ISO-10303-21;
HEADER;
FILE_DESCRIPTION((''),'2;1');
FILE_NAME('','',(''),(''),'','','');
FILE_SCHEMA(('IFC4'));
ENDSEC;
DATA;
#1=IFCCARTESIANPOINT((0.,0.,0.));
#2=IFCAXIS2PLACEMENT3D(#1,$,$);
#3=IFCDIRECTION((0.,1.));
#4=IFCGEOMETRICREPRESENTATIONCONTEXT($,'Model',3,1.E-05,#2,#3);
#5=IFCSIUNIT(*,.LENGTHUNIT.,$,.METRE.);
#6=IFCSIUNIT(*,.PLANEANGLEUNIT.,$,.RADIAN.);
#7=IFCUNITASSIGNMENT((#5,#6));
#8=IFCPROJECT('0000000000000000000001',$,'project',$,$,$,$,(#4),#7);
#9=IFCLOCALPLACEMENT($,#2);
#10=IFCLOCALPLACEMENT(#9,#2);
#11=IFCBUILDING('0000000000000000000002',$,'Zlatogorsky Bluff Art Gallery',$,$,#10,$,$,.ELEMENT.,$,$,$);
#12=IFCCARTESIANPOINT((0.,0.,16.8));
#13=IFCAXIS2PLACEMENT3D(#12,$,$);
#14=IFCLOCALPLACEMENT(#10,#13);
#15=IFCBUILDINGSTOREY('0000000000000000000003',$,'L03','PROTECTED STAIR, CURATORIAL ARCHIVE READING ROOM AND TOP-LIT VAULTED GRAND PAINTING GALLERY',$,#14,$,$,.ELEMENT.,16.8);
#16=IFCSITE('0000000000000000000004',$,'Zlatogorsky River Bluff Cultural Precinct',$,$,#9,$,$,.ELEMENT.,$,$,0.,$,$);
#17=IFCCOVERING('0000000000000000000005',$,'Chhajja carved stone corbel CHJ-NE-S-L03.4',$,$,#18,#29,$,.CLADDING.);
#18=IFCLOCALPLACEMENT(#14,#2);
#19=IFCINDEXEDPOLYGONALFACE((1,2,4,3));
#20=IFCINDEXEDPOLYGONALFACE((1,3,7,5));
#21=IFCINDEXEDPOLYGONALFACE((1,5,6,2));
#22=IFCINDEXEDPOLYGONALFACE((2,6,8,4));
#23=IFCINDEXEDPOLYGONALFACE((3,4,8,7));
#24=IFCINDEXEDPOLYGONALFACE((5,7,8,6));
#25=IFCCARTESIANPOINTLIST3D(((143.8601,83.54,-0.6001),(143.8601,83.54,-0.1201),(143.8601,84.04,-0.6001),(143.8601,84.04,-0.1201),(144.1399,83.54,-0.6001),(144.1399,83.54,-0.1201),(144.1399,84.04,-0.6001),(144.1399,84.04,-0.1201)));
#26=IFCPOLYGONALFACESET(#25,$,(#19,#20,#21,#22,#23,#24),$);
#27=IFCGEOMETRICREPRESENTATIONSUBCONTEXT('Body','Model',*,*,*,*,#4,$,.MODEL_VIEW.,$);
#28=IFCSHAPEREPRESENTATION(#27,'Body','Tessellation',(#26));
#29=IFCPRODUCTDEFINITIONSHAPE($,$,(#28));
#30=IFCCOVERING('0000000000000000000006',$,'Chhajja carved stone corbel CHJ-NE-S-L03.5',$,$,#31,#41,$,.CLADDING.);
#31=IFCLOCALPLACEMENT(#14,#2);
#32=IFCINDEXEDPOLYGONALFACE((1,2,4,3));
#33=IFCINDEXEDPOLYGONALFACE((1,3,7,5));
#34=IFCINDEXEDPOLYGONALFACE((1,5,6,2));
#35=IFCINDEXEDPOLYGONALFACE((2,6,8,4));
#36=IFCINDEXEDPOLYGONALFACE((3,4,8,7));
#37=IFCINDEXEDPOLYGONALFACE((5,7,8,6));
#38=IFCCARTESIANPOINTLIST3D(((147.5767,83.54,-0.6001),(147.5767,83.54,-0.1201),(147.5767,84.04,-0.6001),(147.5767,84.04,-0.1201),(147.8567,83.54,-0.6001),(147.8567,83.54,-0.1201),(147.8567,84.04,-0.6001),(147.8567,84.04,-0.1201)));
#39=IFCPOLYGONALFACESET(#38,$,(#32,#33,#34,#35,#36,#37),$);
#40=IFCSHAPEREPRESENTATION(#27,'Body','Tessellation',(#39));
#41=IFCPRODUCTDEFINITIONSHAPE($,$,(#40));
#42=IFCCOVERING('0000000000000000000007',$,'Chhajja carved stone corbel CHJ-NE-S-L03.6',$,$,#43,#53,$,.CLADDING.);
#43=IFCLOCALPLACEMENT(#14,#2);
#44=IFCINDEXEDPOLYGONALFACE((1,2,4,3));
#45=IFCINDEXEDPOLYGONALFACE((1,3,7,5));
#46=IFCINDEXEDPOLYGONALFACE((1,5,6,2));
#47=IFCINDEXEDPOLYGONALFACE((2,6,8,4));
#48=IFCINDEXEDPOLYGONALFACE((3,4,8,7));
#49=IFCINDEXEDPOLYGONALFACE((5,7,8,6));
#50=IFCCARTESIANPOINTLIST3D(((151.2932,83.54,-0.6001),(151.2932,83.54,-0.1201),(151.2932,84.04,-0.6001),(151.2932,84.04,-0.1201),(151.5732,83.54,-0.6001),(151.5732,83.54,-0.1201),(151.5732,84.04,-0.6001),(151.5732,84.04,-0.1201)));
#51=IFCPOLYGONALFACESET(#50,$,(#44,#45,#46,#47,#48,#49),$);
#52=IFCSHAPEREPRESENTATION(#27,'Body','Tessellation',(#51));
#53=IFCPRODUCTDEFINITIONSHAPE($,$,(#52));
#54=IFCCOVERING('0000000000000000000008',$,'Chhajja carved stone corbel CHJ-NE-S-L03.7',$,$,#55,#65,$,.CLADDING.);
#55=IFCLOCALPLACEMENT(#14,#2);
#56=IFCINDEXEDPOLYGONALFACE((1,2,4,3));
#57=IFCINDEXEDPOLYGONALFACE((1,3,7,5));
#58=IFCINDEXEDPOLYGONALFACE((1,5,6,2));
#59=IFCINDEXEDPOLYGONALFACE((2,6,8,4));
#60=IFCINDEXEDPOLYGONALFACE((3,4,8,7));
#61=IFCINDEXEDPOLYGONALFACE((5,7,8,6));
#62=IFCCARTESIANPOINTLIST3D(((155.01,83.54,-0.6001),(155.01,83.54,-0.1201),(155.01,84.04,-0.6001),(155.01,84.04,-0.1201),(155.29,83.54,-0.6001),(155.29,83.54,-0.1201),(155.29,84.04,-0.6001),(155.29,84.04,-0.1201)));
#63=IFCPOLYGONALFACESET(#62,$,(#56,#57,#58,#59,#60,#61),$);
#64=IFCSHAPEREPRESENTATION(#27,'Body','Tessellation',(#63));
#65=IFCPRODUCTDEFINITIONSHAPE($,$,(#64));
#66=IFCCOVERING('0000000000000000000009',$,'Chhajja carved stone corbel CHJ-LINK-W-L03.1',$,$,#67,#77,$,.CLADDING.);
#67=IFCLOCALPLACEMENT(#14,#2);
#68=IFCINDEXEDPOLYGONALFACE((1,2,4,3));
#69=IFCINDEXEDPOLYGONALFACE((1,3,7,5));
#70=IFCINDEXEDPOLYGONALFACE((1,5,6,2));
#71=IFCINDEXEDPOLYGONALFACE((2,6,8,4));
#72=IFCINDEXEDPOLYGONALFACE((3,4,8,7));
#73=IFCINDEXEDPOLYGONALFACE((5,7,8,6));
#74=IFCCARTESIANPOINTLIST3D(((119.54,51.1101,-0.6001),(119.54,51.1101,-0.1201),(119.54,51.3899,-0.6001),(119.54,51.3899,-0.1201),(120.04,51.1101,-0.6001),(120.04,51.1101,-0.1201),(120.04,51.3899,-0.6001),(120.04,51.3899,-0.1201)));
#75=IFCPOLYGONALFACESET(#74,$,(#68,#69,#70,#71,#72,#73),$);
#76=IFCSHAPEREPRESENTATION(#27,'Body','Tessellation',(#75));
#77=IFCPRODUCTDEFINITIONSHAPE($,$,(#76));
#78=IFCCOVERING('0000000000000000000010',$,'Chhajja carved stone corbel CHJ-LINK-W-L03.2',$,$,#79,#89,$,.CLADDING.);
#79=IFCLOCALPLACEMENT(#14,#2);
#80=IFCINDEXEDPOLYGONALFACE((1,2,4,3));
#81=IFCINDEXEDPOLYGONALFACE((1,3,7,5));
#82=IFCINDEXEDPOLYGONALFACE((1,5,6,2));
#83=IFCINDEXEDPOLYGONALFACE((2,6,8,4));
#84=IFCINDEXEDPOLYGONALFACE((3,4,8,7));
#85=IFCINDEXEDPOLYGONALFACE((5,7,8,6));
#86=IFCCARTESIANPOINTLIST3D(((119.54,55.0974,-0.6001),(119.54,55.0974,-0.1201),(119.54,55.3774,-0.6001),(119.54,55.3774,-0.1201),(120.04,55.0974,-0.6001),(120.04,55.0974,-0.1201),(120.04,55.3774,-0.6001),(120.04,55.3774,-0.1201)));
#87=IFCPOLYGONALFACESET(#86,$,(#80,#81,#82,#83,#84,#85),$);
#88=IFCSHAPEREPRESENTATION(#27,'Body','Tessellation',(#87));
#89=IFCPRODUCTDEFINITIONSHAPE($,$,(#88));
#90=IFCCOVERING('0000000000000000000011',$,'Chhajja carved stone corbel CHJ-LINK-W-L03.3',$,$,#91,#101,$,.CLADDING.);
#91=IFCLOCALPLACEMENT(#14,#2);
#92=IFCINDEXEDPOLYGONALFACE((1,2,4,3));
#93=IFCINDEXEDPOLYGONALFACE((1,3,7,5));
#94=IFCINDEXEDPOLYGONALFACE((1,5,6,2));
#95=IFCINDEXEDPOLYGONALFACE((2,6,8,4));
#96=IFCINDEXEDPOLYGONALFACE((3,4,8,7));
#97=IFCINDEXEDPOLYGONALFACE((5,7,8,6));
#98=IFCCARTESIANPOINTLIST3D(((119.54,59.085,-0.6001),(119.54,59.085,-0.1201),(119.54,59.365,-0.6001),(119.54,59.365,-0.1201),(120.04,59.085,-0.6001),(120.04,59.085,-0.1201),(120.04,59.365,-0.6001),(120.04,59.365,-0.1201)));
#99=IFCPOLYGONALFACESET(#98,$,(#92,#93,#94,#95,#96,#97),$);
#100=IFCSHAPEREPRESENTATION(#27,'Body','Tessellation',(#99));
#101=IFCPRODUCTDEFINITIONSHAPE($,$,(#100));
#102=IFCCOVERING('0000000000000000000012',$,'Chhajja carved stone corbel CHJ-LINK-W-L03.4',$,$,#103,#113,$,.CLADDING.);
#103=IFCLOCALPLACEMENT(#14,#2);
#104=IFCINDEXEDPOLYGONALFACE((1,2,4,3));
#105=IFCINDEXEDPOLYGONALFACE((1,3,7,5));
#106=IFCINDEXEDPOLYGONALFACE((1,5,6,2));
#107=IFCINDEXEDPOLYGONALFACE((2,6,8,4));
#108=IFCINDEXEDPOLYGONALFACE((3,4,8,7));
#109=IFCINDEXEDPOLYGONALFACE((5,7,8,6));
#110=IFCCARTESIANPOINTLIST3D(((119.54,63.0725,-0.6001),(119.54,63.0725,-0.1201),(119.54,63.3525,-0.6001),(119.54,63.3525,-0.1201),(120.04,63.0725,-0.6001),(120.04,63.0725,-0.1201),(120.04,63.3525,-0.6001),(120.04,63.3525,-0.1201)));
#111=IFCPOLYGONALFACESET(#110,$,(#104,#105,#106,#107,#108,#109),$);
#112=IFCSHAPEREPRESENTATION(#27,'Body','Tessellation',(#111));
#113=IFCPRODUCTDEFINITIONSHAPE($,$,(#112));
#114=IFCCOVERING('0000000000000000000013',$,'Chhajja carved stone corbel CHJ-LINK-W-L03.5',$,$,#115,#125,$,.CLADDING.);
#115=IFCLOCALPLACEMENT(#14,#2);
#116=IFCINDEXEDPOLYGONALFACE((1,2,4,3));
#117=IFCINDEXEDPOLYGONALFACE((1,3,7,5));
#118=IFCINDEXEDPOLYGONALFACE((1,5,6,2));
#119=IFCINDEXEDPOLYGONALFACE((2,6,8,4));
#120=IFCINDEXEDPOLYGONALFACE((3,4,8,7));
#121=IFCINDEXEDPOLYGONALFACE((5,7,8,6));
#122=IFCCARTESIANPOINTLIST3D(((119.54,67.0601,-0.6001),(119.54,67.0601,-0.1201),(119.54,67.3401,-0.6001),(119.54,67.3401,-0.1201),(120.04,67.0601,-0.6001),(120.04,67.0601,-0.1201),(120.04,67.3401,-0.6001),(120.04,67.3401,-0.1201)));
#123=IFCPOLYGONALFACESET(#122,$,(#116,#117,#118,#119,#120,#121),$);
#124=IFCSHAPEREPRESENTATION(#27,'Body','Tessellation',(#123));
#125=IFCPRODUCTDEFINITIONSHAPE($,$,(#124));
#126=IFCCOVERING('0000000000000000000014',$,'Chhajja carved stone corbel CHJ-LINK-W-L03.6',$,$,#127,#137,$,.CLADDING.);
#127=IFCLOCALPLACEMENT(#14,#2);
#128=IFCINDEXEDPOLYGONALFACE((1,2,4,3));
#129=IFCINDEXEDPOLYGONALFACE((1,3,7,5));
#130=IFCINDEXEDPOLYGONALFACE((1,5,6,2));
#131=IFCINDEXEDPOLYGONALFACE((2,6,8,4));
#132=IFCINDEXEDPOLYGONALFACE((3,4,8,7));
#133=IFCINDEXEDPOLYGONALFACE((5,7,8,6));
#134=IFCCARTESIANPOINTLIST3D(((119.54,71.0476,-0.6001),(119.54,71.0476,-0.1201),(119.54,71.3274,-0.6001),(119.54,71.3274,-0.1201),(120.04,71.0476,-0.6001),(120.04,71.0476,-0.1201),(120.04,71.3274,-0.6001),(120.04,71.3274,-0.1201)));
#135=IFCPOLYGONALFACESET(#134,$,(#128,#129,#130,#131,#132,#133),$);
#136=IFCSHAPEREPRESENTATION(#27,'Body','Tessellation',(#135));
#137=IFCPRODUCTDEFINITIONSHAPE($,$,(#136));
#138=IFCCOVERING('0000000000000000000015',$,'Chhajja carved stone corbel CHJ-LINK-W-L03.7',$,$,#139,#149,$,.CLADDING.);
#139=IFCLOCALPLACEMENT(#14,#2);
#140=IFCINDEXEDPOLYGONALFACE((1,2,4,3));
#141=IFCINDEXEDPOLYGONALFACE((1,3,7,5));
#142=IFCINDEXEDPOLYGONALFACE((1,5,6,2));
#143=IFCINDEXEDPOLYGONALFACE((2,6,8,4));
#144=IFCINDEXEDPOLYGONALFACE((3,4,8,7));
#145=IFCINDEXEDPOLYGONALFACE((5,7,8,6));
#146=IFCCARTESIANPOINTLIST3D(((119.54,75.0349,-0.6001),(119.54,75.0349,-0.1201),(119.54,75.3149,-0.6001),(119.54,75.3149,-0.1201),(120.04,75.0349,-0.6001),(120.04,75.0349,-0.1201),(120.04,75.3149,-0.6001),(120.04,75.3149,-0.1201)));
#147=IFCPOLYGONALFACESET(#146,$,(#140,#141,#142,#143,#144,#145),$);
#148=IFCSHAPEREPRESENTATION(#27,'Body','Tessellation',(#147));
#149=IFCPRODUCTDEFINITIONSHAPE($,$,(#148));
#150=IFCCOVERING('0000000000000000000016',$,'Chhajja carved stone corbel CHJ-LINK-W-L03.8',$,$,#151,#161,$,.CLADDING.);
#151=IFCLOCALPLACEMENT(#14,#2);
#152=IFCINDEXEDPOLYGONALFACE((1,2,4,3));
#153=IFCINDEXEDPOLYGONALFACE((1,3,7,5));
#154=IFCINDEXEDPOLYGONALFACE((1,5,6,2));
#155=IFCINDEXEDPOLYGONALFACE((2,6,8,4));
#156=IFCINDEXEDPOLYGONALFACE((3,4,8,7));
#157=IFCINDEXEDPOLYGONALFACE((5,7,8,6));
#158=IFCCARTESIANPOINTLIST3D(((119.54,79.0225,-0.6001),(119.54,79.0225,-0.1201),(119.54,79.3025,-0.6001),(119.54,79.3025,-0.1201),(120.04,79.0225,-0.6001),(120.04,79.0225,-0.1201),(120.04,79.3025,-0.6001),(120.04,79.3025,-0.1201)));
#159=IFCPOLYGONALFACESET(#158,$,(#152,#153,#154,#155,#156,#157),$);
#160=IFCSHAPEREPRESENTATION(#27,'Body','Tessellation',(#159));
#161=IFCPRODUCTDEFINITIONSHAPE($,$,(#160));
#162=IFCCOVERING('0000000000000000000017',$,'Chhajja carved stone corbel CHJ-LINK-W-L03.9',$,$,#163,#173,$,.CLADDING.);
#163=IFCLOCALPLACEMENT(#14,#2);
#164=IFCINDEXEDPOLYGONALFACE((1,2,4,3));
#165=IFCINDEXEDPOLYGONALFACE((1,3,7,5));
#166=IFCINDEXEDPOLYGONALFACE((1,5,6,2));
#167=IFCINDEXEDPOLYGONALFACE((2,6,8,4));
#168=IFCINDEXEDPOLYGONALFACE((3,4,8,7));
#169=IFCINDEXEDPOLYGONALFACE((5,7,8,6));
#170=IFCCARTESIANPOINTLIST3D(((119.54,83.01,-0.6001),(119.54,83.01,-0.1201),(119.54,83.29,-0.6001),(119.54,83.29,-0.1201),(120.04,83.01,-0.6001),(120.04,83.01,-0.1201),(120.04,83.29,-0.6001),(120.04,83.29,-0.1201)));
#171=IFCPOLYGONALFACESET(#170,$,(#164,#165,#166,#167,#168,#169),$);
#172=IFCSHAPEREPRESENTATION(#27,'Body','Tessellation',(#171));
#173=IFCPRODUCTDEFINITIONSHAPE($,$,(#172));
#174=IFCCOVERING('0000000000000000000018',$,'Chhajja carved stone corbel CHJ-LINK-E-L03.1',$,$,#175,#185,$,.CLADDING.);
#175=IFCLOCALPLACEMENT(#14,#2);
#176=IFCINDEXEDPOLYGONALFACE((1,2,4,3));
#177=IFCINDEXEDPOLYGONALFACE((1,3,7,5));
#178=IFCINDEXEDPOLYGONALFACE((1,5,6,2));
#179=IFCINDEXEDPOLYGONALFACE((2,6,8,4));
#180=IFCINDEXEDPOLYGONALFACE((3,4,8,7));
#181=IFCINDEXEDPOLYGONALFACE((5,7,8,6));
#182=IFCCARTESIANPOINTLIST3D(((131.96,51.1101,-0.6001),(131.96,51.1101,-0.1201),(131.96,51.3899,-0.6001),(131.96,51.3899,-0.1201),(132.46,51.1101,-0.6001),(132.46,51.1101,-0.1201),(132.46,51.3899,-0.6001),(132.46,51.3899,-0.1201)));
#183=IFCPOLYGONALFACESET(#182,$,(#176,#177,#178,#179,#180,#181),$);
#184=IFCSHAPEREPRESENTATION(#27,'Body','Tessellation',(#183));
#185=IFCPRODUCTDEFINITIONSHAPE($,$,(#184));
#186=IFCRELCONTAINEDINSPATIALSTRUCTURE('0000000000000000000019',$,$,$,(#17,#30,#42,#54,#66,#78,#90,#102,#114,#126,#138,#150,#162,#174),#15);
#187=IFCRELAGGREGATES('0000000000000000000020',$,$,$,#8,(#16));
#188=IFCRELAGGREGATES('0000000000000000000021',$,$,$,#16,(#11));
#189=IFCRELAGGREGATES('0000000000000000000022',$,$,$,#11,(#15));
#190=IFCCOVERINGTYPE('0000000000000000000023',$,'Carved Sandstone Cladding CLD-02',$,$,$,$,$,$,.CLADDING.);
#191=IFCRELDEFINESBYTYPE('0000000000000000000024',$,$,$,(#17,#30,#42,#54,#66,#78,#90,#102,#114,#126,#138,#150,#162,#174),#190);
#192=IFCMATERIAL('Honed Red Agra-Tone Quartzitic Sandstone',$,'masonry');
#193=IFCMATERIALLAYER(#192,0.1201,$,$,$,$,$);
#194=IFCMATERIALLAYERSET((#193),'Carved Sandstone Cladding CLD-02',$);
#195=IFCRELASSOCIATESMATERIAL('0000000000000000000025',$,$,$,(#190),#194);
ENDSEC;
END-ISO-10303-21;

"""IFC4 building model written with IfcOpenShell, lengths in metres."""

from ifc_helpers import new_model, si_unit, direction, frame, origin, place, context, subcontext, project, spatial, polyline, outline, extrude, material, layer, layer_set, type_object, element, save


model = new_model("IFC4")

# Units and contexts
model_context = context("Model", 3, precision=1e-05, world=origin(), true_north=direction((0.0, 1.0)))
body_context = subcontext(model_context, "Body", "Model", "MODEL_VIEW")
ifc_project = project(units=[si_unit("LENGTHUNIT", "METRE"), si_unit("PLANEANGLEUNIT", "RADIAN")], contexts=[model_context])

# Site, building, storey
site_placement = place(None, origin())
site = spatial("IfcSite", under=ifc_project, at=site_placement, Name="Zlatogorsky River Bluff Cultural Precinct", CompositionType="ELEMENT", RefElevation=0.0)
building_placement = place(site_placement, origin())
building = spatial("IfcBuilding", under=site, at=building_placement, Name="Zlatogorsky Bluff Art Gallery", CompositionType="ELEMENT")
storey_placement = place(building_placement, frame((0.0, 0.0, 16.8)))
storey = spatial("IfcBuildingStorey", under=building, at=storey_placement, Name="L03", Description="PROTECTED STAIR, CURATORIAL ARCHIVE READING ROOM AND TOP-LIT VAULTED GRAND PAINTING GALLERY", CompositionType="ELEMENT", Elevation=16.8)

# Coverings
ifc_material = material(Name="Honed Red Agra-Tone Quartzitic Sandstone", Category="masonry")
ifc_layer = layer(ifc_material, 0.1201)
ifc_layer_set = layer_set([ifc_layer], Name="Carved Sandstone Cladding CLD-02")
covering_type = type_object("IfcCoveringType", Name="Carved Sandstone Cladding CLD-02", PredefinedType="CLADDING", material=ifc_layer_set)
covering_1_placement = place(storey_placement, frame((0.0, 0.0, -0.6001)))
element("IfcCovering", 1, at=covering_1_placement, inside=storey, type_object=covering_type, Name="Chhajja carved stone corbel CHJ-NE-S-L03.4", PredefinedType="CLADDING", context=body_context, shape_type="SweptSolid", body=[
    extrude(outline(polyline([(143.8601, 83.54), (144.1399, 83.54), (144.1399, 84.04), (143.8601, 84.04), (143.8601, 83.54)])), origin(), (0.0, 0.0, 1.0), 0.48),
])
covering_2_placement = place(storey_placement, frame((0.0, 0.0, -0.6001)))
element("IfcCovering", 2, at=covering_2_placement, inside=storey, type_object=covering_type, Name="Chhajja carved stone corbel CHJ-NE-S-L03.5", PredefinedType="CLADDING", context=body_context, shape_type="SweptSolid", body=[
    extrude(outline(polyline([(147.5767, 83.54), (147.8567, 83.54), (147.8567, 84.04), (147.5767, 84.04), (147.5767, 83.54)])), origin(), (0.0, 0.0, 1.0), 0.48),
])
covering_3_placement = place(storey_placement, frame((0.0, 0.0, -0.6001)))
element("IfcCovering", 3, at=covering_3_placement, inside=storey, type_object=covering_type, Name="Chhajja carved stone corbel CHJ-NE-S-L03.6", PredefinedType="CLADDING", context=body_context, shape_type="SweptSolid", body=[
    extrude(outline(polyline([(151.2932, 83.54), (151.5732, 83.54), (151.5732, 84.04), (151.2932, 84.04), (151.2932, 83.54)])), origin(), (0.0, 0.0, 1.0), 0.48),
])
covering_4_placement = place(storey_placement, frame((0.0, 0.0, -0.6001)))
element("IfcCovering", 4, at=covering_4_placement, inside=storey, type_object=covering_type, Name="Chhajja carved stone corbel CHJ-NE-S-L03.7", PredefinedType="CLADDING", context=body_context, shape_type="SweptSolid", body=[
    extrude(outline(polyline([(155.01, 83.54), (155.29, 83.54), (155.29, 84.04), (155.01, 84.04), (155.01, 83.54)])), origin(), (0.0, 0.0, 1.0), 0.48),
])
covering_5_placement = place(storey_placement, frame((0.0, 0.0, -0.6001)))
element("IfcCovering", 5, at=covering_5_placement, inside=storey, type_object=covering_type, Name="Chhajja carved stone corbel CHJ-LINK-W-L03.1", PredefinedType="CLADDING", context=body_context, shape_type="SweptSolid", body=[
    extrude(outline(polyline([(119.54, 51.1101), (119.54, 51.3899), (120.04, 51.3899), (120.04, 51.1101), (119.54, 51.1101)])), origin(), (0.0, 0.0, 1.0), 0.48),
])
covering_6_placement = place(storey_placement, frame((0.0, 0.0, -0.6001)))
element("IfcCovering", 6, at=covering_6_placement, inside=storey, type_object=covering_type, Name="Chhajja carved stone corbel CHJ-LINK-W-L03.2", PredefinedType="CLADDING", context=body_context, shape_type="SweptSolid", body=[
    extrude(outline(polyline([(119.54, 55.0974), (119.54, 55.3774), (120.04, 55.3774), (120.04, 55.0974), (119.54, 55.0974)])), origin(), (0.0, 0.0, 1.0), 0.48),
])
covering_7_placement = place(storey_placement, frame((0.0, 0.0, -0.6001)))
element("IfcCovering", 7, at=covering_7_placement, inside=storey, type_object=covering_type, Name="Chhajja carved stone corbel CHJ-LINK-W-L03.3", PredefinedType="CLADDING", context=body_context, shape_type="SweptSolid", body=[
    extrude(outline(polyline([(119.54, 59.085), (119.54, 59.365), (120.04, 59.365), (120.04, 59.085), (119.54, 59.085)])), origin(), (0.0, 0.0, 1.0), 0.48),
])
covering_8_placement = place(storey_placement, frame((0.0, 0.0, -0.6001)))
element("IfcCovering", 8, at=covering_8_placement, inside=storey, type_object=covering_type, Name="Chhajja carved stone corbel CHJ-LINK-W-L03.4", PredefinedType="CLADDING", context=body_context, shape_type="SweptSolid", body=[
    extrude(outline(polyline([(119.54, 63.0725), (119.54, 63.3525), (120.04, 63.3525), (120.04, 63.0725), (119.54, 63.0725)])), origin(), (0.0, 0.0, 1.0), 0.48),
])
covering_9_placement = place(storey_placement, frame((0.0, 0.0, -0.6001)))
element("IfcCovering", 9, at=covering_9_placement, inside=storey, type_object=covering_type, Name="Chhajja carved stone corbel CHJ-LINK-W-L03.5", PredefinedType="CLADDING", context=body_context, shape_type="SweptSolid", body=[
    extrude(outline(polyline([(119.54, 67.0601), (119.54, 67.3401), (120.04, 67.3401), (120.04, 67.0601), (119.54, 67.0601)])), origin(), (0.0, 0.0, 1.0), 0.48),
])
covering_10_placement = place(storey_placement, frame((0.0, 0.0, -0.6001)))
element("IfcCovering", 10, at=covering_10_placement, inside=storey, type_object=covering_type, Name="Chhajja carved stone corbel CHJ-LINK-W-L03.6", PredefinedType="CLADDING", context=body_context, shape_type="SweptSolid", body=[
    extrude(outline(polyline([(119.54, 71.0476), (119.54, 71.3274), (120.04, 71.3274), (120.04, 71.0476), (119.54, 71.0476)])), origin(), (0.0, 0.0, 1.0), 0.48),
])
covering_11_placement = place(storey_placement, frame((0.0, 0.0, -0.6001)))
element("IfcCovering", 11, at=covering_11_placement, inside=storey, type_object=covering_type, Name="Chhajja carved stone corbel CHJ-LINK-W-L03.7", PredefinedType="CLADDING", context=body_context, shape_type="SweptSolid", body=[
    extrude(outline(polyline([(119.54, 75.0349), (119.54, 75.3149), (120.04, 75.3149), (120.04, 75.0349), (119.54, 75.0349)])), origin(), (0.0, 0.0, 1.0), 0.48),
])
covering_12_placement = place(storey_placement, frame((0.0, 0.0, -0.6001)))
element("IfcCovering", 12, at=covering_12_placement, inside=storey, type_object=covering_type, Name="Chhajja carved stone corbel CHJ-LINK-W-L03.8", PredefinedType="CLADDING", context=body_context, shape_type="SweptSolid", body=[
    extrude(outline(polyline([(119.54, 79.0225), (119.54, 79.3025), (120.04, 79.3025), (120.04, 79.0225), (119.54, 79.0225)])), origin(), (0.0, 0.0, 1.0), 0.48),
])
covering_13_placement = place(storey_placement, frame((0.0, 0.0, -0.6001)))
element("IfcCovering", 13, at=covering_13_placement, inside=storey, type_object=covering_type, Name="Chhajja carved stone corbel CHJ-LINK-W-L03.9", PredefinedType="CLADDING", context=body_context, shape_type="SweptSolid", body=[
    extrude(outline(polyline([(119.54, 83.01), (119.54, 83.29), (120.04, 83.29), (120.04, 83.01), (119.54, 83.01)])), origin(), (0.0, 0.0, 1.0), 0.48),
])
covering_14_placement = place(storey_placement, frame((0.0, 0.0, -0.6001)))
element("IfcCovering", 14, at=covering_14_placement, inside=storey, type_object=covering_type, Name="Chhajja carved stone corbel CHJ-LINK-E-L03.1", PredefinedType="CLADDING", context=body_context, shape_type="SweptSolid", body=[
    extrude(outline(polyline([(131.96, 51.1101), (131.96, 51.3899), (132.46, 51.3899), (132.46, 51.1101), (131.96, 51.1101)])), origin(), (0.0, 0.0, 1.0), 0.48),
])

save(model, "model.ifc")
